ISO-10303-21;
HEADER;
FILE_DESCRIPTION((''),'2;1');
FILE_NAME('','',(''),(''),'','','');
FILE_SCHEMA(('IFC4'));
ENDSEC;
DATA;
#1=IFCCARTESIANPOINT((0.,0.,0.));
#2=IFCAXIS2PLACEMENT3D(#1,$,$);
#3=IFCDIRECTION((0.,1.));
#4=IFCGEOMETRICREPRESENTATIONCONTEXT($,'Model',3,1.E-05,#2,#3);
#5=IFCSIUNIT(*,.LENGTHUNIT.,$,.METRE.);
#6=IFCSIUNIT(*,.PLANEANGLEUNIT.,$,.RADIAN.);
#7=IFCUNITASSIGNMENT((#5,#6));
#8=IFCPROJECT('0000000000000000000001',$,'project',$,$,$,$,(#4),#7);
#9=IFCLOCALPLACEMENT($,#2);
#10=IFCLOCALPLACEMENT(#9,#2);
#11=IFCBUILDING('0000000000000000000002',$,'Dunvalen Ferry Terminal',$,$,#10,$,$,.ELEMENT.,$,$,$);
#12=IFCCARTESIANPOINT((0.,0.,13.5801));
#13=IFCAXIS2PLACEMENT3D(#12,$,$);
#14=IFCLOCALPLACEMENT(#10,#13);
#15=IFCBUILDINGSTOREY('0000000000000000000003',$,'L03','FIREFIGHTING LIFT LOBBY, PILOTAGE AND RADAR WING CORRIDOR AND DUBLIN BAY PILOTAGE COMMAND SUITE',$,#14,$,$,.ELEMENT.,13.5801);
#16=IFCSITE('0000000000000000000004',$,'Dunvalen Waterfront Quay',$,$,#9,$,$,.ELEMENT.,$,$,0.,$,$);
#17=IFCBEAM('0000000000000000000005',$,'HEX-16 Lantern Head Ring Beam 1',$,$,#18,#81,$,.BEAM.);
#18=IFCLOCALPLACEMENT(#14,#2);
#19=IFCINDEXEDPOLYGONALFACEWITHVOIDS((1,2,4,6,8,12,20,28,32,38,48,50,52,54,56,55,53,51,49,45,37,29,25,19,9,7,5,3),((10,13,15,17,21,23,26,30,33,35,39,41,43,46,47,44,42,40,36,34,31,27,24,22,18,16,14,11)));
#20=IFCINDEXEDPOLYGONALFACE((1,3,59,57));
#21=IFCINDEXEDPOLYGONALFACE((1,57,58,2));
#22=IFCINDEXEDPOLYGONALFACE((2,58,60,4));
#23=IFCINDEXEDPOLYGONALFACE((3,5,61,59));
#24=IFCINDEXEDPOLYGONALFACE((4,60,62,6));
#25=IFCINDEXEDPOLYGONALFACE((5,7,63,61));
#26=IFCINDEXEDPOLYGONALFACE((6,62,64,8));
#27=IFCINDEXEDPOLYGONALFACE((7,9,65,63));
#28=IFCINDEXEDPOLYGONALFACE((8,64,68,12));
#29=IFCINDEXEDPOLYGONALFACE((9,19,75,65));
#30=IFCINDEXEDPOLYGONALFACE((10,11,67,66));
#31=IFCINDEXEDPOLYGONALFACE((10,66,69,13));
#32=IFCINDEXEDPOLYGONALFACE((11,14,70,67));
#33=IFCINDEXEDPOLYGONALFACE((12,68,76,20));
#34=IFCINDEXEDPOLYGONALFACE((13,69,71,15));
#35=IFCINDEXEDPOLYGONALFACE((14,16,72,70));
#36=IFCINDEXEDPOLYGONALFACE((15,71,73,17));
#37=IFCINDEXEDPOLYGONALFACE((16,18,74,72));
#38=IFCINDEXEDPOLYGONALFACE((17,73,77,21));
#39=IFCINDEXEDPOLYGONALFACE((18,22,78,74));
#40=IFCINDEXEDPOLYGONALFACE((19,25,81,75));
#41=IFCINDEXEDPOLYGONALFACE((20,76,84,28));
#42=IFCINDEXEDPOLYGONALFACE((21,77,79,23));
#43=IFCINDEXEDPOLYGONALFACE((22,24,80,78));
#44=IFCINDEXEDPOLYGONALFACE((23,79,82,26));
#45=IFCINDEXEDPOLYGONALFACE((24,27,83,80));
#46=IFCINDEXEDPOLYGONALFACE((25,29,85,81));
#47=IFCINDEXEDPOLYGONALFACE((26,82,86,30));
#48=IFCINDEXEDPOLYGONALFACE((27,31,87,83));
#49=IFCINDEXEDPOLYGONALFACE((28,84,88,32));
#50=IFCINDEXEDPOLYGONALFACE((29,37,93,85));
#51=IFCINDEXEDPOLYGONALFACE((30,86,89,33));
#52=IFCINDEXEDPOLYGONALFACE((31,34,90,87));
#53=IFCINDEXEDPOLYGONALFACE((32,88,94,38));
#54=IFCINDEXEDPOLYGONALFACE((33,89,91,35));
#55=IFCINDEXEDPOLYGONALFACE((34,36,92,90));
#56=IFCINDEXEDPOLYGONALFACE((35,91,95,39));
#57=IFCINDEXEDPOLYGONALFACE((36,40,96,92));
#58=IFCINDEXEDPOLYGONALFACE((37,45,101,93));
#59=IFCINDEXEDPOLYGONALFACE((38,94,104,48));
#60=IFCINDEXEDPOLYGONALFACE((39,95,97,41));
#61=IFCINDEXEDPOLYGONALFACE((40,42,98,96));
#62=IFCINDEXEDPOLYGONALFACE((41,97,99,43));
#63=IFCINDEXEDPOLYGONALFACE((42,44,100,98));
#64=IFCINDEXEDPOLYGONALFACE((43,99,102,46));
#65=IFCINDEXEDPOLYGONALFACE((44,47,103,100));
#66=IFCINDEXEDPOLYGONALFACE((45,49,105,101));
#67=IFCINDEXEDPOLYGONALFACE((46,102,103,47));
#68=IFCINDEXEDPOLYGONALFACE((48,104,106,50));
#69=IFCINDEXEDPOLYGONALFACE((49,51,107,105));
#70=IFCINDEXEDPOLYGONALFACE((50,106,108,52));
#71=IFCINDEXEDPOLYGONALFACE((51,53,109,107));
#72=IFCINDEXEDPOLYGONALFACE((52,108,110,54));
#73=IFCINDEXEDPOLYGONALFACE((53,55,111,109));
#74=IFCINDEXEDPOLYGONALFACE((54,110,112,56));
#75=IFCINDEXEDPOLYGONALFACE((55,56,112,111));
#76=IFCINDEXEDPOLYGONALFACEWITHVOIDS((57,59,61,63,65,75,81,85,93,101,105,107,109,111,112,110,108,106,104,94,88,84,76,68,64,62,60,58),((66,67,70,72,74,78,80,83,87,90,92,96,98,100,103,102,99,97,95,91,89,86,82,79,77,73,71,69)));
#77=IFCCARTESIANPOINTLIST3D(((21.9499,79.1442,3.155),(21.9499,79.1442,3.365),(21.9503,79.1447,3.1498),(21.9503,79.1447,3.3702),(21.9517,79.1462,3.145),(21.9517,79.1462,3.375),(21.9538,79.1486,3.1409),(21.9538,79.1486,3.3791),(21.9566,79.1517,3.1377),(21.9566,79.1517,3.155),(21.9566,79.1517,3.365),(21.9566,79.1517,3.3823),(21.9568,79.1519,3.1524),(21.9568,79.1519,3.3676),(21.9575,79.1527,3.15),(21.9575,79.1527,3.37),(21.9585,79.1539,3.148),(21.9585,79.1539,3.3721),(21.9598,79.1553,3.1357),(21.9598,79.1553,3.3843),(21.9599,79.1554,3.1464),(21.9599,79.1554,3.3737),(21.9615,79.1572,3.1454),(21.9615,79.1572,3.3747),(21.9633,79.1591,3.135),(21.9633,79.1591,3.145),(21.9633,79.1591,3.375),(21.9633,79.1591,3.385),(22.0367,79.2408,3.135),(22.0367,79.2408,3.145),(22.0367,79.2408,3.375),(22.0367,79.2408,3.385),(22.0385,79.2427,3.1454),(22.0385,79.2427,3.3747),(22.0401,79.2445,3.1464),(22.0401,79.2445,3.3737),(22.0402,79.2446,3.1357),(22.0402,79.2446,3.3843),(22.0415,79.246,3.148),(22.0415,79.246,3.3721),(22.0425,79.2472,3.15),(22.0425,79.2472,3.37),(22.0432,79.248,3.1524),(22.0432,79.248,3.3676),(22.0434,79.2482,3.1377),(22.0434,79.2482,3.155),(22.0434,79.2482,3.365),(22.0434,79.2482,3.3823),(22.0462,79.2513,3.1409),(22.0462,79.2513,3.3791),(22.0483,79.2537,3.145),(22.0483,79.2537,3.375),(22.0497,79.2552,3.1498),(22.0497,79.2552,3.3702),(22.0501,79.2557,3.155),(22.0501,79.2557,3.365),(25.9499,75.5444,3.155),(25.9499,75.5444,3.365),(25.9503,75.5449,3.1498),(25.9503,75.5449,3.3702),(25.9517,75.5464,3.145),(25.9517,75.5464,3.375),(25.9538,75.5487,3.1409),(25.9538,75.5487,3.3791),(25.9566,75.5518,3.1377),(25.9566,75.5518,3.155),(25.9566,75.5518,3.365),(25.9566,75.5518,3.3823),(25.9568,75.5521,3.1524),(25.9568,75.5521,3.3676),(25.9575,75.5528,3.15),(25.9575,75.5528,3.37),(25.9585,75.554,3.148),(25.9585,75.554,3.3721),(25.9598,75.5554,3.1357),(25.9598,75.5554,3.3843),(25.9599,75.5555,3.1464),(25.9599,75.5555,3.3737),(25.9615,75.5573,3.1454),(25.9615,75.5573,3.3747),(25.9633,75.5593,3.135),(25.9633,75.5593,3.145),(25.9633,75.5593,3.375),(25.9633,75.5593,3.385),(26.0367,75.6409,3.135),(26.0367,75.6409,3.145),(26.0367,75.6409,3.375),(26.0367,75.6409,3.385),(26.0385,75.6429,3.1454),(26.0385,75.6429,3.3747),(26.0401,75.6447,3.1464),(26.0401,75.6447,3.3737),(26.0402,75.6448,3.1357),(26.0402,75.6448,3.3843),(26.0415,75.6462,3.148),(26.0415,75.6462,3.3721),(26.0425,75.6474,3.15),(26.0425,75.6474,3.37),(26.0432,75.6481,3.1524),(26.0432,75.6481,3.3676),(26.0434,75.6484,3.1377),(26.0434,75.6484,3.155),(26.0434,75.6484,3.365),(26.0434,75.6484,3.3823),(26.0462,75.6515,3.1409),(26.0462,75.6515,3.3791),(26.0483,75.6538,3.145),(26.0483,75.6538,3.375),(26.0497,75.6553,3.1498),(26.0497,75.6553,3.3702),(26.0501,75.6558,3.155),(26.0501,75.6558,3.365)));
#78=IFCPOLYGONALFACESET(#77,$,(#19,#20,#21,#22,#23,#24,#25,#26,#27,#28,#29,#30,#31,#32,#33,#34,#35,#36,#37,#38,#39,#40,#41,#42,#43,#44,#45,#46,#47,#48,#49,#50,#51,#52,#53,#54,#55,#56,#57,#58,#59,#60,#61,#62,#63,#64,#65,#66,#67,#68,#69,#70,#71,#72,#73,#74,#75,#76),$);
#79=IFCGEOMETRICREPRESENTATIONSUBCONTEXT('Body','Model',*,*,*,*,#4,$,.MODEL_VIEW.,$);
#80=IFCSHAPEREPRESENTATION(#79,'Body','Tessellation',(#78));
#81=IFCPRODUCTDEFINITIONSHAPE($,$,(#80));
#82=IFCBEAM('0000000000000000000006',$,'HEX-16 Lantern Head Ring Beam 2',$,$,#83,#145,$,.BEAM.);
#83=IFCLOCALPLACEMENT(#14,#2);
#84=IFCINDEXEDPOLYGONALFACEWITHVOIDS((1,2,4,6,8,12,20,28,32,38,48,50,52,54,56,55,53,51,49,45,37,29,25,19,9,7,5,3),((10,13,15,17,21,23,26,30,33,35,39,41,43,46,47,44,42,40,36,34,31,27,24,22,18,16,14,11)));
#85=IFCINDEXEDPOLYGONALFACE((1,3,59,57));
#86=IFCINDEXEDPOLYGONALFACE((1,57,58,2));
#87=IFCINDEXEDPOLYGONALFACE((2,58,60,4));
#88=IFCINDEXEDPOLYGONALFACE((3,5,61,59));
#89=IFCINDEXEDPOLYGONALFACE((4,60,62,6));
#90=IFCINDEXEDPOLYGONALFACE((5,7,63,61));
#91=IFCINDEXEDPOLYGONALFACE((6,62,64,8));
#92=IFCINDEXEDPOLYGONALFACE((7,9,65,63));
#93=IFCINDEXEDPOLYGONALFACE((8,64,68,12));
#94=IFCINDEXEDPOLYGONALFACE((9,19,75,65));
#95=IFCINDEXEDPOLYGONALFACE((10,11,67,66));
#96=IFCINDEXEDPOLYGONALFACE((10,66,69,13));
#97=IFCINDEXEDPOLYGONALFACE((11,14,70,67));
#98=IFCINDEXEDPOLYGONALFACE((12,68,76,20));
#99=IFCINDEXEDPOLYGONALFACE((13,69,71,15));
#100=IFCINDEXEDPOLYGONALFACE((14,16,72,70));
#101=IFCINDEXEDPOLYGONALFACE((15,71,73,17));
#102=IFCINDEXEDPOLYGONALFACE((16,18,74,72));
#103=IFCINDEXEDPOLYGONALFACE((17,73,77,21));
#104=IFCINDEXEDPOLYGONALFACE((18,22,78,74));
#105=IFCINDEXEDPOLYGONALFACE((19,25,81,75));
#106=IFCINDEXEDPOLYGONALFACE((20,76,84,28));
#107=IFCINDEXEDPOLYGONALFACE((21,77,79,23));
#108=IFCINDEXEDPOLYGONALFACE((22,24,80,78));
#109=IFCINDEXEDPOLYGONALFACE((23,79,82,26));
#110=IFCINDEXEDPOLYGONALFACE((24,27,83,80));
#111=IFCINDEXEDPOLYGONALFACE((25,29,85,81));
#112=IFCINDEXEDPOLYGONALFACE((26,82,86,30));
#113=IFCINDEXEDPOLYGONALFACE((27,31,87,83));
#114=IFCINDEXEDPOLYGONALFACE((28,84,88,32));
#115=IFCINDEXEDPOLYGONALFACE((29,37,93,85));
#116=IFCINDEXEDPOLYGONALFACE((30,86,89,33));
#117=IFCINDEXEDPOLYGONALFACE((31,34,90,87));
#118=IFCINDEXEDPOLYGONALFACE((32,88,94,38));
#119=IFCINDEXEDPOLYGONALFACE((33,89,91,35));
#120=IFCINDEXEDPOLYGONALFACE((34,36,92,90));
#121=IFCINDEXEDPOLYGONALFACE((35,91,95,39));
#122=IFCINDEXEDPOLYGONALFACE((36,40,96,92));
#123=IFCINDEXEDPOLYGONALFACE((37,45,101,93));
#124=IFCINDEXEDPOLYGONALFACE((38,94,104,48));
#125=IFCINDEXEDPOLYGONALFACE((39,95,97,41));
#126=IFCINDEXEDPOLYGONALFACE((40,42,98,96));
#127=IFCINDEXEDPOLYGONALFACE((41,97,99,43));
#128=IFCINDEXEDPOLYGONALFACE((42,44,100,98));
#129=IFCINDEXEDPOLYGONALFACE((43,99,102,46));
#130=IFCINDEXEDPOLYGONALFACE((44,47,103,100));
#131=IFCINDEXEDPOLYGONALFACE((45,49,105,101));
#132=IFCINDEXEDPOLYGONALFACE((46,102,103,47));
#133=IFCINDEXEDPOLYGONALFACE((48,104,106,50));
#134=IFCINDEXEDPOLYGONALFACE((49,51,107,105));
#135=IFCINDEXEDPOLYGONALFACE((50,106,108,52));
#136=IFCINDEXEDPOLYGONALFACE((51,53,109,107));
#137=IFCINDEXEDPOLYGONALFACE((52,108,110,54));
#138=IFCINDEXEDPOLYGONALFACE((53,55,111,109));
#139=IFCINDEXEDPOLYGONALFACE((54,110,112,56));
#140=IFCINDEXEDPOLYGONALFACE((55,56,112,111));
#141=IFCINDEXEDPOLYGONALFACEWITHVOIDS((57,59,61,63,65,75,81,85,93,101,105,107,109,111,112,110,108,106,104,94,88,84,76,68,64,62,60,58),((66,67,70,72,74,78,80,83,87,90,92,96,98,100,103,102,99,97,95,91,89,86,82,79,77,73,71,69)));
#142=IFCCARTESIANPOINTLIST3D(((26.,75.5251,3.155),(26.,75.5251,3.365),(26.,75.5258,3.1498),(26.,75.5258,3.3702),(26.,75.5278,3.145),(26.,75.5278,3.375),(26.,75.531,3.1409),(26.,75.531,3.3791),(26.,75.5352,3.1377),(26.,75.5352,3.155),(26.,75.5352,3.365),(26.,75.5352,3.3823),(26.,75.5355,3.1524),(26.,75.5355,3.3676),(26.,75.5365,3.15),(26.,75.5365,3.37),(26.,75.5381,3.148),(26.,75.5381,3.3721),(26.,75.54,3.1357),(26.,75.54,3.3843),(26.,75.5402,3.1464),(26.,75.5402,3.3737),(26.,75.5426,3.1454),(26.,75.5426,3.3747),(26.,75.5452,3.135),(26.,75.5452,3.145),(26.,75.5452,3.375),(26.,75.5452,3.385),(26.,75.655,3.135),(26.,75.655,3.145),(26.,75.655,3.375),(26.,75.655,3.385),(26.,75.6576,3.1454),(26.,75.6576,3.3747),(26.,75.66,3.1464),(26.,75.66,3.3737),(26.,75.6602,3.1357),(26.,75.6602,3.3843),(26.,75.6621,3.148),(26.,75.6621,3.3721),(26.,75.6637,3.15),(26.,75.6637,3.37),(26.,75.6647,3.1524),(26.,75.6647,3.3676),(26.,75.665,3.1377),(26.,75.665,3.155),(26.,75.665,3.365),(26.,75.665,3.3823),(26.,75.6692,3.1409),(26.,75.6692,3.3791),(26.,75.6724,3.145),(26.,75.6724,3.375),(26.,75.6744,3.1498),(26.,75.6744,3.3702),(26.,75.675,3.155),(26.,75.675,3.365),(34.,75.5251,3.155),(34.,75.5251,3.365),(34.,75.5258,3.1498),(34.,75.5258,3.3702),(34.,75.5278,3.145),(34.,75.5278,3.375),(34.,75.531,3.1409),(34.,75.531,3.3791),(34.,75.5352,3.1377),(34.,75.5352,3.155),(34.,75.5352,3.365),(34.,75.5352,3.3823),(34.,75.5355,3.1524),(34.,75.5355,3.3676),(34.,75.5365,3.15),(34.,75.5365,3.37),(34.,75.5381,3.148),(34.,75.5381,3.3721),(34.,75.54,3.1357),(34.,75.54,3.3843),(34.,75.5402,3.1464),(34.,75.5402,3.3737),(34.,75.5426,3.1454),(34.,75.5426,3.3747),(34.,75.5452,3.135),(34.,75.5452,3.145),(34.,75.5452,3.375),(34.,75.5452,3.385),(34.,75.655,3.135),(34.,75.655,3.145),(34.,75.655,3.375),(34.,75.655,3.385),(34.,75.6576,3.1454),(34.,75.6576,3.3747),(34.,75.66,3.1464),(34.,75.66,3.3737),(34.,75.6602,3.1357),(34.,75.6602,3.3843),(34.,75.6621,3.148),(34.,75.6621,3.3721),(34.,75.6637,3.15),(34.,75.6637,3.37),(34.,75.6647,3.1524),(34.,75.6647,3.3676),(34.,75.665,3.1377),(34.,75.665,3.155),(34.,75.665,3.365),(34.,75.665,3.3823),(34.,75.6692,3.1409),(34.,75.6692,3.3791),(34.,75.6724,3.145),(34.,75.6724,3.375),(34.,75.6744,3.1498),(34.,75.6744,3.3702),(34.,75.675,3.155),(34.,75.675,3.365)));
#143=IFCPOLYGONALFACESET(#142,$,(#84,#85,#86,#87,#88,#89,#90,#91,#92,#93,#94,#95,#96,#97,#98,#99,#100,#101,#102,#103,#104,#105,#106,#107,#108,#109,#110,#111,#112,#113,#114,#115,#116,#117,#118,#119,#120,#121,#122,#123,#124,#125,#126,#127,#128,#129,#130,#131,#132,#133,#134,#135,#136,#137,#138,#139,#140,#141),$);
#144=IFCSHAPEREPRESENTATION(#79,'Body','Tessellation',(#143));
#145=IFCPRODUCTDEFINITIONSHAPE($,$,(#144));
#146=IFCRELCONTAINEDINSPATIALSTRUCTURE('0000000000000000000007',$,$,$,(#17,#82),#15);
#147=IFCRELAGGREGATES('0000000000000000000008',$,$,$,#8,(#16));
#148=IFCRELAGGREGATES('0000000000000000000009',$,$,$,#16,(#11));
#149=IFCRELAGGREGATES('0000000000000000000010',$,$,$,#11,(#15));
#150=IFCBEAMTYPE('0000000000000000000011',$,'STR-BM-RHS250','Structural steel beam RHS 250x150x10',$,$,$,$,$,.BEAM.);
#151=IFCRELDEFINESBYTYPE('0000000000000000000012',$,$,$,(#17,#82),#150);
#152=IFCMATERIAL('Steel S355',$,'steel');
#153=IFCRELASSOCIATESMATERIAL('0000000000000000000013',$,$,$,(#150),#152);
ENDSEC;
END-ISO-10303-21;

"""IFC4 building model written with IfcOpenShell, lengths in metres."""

from ifc_helpers import new_model, si_unit, direction, frame, origin, origin_2d, place, context, subcontext, project, spatial, hollow_rectangle, extrude, material, material_profile, profile_set, type_object, element, save


model = new_model("IFC4")

# Units and contexts
model_context = context("Model", 3, precision=1e-05, world=origin(), true_north=direction((0.0, 1.0)))
body_context = subcontext(model_context, "Body", "Model", "MODEL_VIEW")
ifc_project = project(units=[si_unit("LENGTHUNIT", "METRE"), si_unit("PLANEANGLEUNIT", "RADIAN")], contexts=[model_context])

# Site, building, storey
site_placement = place(None, origin())
site = spatial("IfcSite", under=ifc_project, at=site_placement, Name="Dunvalen Waterfront Quay", CompositionType="ELEMENT", RefElevation=0.0)
building_placement = place(site_placement, origin())
building = spatial("IfcBuilding", under=site, at=building_placement, Name="Dunvalen Ferry Terminal", CompositionType="ELEMENT")
storey_placement = place(building_placement, frame((0.0, 0.0, 13.5801)))
storey = spatial("IfcBuildingStorey", under=building, at=storey_placement, Name="L03", Description="FIREFIGHTING LIFT LOBBY, PILOTAGE AND RADAR WING CORRIDOR AND DUBLIN BAY PILOTAGE COMMAND SUITE", CompositionType="ELEMENT", Elevation=13.5801)

# Beams
ifc_material_1 = material(Name="Steel S355", Category="steel")
ifc_material_profile_1 = material_profile(ifc_material_1, hollow_rectangle(XDim=0.1499, YDim=0.25, WallThickness=0.01, InnerFilletRadius=0.01, OuterFilletRadius=0.02, at=origin_2d()), Name="Steel S355")
ifc_profile_set_1 = profile_set([ifc_material_profile_1], Name="Steel S355")
beam_type = type_object("IfcBeamType", Name="STR-BM-RHS250", Description="Structural steel beam RHS 250x150x10", PredefinedType="BEAM", material=ifc_profile_set_1)
beam_1_placement = place(storey_placement, frame((22.0, 79.2, 3.26), z_axis=(0.743308, -0.66895, 0.0), x_axis=(0.66895, 0.743308, 0.0)))
element("IfcBeam", 1, at=beam_1_placement, inside=storey, type_object=beam_type, Name="HEX-16 Lantern Head Ring Beam 1", PredefinedType="BEAM", context=body_context, shape_type="SweptSolid", body=[
    extrude(hollow_rectangle(XDim=0.1499, YDim=0.25, WallThickness=0.01, InnerFilletRadius=0.01, OuterFilletRadius=0.02, at=origin_2d()), origin(), (0.0, 0.0, 1.0), 5.3813),
])
beam_2_placement = place(storey_placement, frame((26.0, 75.6001, 3.26), z_axis=(1.0, 0.0, 0.0), x_axis=(0.0, 1.0, 0.0)))
element("IfcBeam", 2, at=beam_2_placement, inside=storey, type_object=beam_type, Name="HEX-16 Lantern Head Ring Beam 2", PredefinedType="BEAM", context=body_context, shape_type="SweptSolid", body=[
    extrude(hollow_rectangle(XDim=0.1499, YDim=0.25, WallThickness=0.01, InnerFilletRadius=0.01, OuterFilletRadius=0.02, at=origin_2d()), origin(), (0.0, 0.0, 1.0), 8.0),
])

save(model, "model.ifc")
